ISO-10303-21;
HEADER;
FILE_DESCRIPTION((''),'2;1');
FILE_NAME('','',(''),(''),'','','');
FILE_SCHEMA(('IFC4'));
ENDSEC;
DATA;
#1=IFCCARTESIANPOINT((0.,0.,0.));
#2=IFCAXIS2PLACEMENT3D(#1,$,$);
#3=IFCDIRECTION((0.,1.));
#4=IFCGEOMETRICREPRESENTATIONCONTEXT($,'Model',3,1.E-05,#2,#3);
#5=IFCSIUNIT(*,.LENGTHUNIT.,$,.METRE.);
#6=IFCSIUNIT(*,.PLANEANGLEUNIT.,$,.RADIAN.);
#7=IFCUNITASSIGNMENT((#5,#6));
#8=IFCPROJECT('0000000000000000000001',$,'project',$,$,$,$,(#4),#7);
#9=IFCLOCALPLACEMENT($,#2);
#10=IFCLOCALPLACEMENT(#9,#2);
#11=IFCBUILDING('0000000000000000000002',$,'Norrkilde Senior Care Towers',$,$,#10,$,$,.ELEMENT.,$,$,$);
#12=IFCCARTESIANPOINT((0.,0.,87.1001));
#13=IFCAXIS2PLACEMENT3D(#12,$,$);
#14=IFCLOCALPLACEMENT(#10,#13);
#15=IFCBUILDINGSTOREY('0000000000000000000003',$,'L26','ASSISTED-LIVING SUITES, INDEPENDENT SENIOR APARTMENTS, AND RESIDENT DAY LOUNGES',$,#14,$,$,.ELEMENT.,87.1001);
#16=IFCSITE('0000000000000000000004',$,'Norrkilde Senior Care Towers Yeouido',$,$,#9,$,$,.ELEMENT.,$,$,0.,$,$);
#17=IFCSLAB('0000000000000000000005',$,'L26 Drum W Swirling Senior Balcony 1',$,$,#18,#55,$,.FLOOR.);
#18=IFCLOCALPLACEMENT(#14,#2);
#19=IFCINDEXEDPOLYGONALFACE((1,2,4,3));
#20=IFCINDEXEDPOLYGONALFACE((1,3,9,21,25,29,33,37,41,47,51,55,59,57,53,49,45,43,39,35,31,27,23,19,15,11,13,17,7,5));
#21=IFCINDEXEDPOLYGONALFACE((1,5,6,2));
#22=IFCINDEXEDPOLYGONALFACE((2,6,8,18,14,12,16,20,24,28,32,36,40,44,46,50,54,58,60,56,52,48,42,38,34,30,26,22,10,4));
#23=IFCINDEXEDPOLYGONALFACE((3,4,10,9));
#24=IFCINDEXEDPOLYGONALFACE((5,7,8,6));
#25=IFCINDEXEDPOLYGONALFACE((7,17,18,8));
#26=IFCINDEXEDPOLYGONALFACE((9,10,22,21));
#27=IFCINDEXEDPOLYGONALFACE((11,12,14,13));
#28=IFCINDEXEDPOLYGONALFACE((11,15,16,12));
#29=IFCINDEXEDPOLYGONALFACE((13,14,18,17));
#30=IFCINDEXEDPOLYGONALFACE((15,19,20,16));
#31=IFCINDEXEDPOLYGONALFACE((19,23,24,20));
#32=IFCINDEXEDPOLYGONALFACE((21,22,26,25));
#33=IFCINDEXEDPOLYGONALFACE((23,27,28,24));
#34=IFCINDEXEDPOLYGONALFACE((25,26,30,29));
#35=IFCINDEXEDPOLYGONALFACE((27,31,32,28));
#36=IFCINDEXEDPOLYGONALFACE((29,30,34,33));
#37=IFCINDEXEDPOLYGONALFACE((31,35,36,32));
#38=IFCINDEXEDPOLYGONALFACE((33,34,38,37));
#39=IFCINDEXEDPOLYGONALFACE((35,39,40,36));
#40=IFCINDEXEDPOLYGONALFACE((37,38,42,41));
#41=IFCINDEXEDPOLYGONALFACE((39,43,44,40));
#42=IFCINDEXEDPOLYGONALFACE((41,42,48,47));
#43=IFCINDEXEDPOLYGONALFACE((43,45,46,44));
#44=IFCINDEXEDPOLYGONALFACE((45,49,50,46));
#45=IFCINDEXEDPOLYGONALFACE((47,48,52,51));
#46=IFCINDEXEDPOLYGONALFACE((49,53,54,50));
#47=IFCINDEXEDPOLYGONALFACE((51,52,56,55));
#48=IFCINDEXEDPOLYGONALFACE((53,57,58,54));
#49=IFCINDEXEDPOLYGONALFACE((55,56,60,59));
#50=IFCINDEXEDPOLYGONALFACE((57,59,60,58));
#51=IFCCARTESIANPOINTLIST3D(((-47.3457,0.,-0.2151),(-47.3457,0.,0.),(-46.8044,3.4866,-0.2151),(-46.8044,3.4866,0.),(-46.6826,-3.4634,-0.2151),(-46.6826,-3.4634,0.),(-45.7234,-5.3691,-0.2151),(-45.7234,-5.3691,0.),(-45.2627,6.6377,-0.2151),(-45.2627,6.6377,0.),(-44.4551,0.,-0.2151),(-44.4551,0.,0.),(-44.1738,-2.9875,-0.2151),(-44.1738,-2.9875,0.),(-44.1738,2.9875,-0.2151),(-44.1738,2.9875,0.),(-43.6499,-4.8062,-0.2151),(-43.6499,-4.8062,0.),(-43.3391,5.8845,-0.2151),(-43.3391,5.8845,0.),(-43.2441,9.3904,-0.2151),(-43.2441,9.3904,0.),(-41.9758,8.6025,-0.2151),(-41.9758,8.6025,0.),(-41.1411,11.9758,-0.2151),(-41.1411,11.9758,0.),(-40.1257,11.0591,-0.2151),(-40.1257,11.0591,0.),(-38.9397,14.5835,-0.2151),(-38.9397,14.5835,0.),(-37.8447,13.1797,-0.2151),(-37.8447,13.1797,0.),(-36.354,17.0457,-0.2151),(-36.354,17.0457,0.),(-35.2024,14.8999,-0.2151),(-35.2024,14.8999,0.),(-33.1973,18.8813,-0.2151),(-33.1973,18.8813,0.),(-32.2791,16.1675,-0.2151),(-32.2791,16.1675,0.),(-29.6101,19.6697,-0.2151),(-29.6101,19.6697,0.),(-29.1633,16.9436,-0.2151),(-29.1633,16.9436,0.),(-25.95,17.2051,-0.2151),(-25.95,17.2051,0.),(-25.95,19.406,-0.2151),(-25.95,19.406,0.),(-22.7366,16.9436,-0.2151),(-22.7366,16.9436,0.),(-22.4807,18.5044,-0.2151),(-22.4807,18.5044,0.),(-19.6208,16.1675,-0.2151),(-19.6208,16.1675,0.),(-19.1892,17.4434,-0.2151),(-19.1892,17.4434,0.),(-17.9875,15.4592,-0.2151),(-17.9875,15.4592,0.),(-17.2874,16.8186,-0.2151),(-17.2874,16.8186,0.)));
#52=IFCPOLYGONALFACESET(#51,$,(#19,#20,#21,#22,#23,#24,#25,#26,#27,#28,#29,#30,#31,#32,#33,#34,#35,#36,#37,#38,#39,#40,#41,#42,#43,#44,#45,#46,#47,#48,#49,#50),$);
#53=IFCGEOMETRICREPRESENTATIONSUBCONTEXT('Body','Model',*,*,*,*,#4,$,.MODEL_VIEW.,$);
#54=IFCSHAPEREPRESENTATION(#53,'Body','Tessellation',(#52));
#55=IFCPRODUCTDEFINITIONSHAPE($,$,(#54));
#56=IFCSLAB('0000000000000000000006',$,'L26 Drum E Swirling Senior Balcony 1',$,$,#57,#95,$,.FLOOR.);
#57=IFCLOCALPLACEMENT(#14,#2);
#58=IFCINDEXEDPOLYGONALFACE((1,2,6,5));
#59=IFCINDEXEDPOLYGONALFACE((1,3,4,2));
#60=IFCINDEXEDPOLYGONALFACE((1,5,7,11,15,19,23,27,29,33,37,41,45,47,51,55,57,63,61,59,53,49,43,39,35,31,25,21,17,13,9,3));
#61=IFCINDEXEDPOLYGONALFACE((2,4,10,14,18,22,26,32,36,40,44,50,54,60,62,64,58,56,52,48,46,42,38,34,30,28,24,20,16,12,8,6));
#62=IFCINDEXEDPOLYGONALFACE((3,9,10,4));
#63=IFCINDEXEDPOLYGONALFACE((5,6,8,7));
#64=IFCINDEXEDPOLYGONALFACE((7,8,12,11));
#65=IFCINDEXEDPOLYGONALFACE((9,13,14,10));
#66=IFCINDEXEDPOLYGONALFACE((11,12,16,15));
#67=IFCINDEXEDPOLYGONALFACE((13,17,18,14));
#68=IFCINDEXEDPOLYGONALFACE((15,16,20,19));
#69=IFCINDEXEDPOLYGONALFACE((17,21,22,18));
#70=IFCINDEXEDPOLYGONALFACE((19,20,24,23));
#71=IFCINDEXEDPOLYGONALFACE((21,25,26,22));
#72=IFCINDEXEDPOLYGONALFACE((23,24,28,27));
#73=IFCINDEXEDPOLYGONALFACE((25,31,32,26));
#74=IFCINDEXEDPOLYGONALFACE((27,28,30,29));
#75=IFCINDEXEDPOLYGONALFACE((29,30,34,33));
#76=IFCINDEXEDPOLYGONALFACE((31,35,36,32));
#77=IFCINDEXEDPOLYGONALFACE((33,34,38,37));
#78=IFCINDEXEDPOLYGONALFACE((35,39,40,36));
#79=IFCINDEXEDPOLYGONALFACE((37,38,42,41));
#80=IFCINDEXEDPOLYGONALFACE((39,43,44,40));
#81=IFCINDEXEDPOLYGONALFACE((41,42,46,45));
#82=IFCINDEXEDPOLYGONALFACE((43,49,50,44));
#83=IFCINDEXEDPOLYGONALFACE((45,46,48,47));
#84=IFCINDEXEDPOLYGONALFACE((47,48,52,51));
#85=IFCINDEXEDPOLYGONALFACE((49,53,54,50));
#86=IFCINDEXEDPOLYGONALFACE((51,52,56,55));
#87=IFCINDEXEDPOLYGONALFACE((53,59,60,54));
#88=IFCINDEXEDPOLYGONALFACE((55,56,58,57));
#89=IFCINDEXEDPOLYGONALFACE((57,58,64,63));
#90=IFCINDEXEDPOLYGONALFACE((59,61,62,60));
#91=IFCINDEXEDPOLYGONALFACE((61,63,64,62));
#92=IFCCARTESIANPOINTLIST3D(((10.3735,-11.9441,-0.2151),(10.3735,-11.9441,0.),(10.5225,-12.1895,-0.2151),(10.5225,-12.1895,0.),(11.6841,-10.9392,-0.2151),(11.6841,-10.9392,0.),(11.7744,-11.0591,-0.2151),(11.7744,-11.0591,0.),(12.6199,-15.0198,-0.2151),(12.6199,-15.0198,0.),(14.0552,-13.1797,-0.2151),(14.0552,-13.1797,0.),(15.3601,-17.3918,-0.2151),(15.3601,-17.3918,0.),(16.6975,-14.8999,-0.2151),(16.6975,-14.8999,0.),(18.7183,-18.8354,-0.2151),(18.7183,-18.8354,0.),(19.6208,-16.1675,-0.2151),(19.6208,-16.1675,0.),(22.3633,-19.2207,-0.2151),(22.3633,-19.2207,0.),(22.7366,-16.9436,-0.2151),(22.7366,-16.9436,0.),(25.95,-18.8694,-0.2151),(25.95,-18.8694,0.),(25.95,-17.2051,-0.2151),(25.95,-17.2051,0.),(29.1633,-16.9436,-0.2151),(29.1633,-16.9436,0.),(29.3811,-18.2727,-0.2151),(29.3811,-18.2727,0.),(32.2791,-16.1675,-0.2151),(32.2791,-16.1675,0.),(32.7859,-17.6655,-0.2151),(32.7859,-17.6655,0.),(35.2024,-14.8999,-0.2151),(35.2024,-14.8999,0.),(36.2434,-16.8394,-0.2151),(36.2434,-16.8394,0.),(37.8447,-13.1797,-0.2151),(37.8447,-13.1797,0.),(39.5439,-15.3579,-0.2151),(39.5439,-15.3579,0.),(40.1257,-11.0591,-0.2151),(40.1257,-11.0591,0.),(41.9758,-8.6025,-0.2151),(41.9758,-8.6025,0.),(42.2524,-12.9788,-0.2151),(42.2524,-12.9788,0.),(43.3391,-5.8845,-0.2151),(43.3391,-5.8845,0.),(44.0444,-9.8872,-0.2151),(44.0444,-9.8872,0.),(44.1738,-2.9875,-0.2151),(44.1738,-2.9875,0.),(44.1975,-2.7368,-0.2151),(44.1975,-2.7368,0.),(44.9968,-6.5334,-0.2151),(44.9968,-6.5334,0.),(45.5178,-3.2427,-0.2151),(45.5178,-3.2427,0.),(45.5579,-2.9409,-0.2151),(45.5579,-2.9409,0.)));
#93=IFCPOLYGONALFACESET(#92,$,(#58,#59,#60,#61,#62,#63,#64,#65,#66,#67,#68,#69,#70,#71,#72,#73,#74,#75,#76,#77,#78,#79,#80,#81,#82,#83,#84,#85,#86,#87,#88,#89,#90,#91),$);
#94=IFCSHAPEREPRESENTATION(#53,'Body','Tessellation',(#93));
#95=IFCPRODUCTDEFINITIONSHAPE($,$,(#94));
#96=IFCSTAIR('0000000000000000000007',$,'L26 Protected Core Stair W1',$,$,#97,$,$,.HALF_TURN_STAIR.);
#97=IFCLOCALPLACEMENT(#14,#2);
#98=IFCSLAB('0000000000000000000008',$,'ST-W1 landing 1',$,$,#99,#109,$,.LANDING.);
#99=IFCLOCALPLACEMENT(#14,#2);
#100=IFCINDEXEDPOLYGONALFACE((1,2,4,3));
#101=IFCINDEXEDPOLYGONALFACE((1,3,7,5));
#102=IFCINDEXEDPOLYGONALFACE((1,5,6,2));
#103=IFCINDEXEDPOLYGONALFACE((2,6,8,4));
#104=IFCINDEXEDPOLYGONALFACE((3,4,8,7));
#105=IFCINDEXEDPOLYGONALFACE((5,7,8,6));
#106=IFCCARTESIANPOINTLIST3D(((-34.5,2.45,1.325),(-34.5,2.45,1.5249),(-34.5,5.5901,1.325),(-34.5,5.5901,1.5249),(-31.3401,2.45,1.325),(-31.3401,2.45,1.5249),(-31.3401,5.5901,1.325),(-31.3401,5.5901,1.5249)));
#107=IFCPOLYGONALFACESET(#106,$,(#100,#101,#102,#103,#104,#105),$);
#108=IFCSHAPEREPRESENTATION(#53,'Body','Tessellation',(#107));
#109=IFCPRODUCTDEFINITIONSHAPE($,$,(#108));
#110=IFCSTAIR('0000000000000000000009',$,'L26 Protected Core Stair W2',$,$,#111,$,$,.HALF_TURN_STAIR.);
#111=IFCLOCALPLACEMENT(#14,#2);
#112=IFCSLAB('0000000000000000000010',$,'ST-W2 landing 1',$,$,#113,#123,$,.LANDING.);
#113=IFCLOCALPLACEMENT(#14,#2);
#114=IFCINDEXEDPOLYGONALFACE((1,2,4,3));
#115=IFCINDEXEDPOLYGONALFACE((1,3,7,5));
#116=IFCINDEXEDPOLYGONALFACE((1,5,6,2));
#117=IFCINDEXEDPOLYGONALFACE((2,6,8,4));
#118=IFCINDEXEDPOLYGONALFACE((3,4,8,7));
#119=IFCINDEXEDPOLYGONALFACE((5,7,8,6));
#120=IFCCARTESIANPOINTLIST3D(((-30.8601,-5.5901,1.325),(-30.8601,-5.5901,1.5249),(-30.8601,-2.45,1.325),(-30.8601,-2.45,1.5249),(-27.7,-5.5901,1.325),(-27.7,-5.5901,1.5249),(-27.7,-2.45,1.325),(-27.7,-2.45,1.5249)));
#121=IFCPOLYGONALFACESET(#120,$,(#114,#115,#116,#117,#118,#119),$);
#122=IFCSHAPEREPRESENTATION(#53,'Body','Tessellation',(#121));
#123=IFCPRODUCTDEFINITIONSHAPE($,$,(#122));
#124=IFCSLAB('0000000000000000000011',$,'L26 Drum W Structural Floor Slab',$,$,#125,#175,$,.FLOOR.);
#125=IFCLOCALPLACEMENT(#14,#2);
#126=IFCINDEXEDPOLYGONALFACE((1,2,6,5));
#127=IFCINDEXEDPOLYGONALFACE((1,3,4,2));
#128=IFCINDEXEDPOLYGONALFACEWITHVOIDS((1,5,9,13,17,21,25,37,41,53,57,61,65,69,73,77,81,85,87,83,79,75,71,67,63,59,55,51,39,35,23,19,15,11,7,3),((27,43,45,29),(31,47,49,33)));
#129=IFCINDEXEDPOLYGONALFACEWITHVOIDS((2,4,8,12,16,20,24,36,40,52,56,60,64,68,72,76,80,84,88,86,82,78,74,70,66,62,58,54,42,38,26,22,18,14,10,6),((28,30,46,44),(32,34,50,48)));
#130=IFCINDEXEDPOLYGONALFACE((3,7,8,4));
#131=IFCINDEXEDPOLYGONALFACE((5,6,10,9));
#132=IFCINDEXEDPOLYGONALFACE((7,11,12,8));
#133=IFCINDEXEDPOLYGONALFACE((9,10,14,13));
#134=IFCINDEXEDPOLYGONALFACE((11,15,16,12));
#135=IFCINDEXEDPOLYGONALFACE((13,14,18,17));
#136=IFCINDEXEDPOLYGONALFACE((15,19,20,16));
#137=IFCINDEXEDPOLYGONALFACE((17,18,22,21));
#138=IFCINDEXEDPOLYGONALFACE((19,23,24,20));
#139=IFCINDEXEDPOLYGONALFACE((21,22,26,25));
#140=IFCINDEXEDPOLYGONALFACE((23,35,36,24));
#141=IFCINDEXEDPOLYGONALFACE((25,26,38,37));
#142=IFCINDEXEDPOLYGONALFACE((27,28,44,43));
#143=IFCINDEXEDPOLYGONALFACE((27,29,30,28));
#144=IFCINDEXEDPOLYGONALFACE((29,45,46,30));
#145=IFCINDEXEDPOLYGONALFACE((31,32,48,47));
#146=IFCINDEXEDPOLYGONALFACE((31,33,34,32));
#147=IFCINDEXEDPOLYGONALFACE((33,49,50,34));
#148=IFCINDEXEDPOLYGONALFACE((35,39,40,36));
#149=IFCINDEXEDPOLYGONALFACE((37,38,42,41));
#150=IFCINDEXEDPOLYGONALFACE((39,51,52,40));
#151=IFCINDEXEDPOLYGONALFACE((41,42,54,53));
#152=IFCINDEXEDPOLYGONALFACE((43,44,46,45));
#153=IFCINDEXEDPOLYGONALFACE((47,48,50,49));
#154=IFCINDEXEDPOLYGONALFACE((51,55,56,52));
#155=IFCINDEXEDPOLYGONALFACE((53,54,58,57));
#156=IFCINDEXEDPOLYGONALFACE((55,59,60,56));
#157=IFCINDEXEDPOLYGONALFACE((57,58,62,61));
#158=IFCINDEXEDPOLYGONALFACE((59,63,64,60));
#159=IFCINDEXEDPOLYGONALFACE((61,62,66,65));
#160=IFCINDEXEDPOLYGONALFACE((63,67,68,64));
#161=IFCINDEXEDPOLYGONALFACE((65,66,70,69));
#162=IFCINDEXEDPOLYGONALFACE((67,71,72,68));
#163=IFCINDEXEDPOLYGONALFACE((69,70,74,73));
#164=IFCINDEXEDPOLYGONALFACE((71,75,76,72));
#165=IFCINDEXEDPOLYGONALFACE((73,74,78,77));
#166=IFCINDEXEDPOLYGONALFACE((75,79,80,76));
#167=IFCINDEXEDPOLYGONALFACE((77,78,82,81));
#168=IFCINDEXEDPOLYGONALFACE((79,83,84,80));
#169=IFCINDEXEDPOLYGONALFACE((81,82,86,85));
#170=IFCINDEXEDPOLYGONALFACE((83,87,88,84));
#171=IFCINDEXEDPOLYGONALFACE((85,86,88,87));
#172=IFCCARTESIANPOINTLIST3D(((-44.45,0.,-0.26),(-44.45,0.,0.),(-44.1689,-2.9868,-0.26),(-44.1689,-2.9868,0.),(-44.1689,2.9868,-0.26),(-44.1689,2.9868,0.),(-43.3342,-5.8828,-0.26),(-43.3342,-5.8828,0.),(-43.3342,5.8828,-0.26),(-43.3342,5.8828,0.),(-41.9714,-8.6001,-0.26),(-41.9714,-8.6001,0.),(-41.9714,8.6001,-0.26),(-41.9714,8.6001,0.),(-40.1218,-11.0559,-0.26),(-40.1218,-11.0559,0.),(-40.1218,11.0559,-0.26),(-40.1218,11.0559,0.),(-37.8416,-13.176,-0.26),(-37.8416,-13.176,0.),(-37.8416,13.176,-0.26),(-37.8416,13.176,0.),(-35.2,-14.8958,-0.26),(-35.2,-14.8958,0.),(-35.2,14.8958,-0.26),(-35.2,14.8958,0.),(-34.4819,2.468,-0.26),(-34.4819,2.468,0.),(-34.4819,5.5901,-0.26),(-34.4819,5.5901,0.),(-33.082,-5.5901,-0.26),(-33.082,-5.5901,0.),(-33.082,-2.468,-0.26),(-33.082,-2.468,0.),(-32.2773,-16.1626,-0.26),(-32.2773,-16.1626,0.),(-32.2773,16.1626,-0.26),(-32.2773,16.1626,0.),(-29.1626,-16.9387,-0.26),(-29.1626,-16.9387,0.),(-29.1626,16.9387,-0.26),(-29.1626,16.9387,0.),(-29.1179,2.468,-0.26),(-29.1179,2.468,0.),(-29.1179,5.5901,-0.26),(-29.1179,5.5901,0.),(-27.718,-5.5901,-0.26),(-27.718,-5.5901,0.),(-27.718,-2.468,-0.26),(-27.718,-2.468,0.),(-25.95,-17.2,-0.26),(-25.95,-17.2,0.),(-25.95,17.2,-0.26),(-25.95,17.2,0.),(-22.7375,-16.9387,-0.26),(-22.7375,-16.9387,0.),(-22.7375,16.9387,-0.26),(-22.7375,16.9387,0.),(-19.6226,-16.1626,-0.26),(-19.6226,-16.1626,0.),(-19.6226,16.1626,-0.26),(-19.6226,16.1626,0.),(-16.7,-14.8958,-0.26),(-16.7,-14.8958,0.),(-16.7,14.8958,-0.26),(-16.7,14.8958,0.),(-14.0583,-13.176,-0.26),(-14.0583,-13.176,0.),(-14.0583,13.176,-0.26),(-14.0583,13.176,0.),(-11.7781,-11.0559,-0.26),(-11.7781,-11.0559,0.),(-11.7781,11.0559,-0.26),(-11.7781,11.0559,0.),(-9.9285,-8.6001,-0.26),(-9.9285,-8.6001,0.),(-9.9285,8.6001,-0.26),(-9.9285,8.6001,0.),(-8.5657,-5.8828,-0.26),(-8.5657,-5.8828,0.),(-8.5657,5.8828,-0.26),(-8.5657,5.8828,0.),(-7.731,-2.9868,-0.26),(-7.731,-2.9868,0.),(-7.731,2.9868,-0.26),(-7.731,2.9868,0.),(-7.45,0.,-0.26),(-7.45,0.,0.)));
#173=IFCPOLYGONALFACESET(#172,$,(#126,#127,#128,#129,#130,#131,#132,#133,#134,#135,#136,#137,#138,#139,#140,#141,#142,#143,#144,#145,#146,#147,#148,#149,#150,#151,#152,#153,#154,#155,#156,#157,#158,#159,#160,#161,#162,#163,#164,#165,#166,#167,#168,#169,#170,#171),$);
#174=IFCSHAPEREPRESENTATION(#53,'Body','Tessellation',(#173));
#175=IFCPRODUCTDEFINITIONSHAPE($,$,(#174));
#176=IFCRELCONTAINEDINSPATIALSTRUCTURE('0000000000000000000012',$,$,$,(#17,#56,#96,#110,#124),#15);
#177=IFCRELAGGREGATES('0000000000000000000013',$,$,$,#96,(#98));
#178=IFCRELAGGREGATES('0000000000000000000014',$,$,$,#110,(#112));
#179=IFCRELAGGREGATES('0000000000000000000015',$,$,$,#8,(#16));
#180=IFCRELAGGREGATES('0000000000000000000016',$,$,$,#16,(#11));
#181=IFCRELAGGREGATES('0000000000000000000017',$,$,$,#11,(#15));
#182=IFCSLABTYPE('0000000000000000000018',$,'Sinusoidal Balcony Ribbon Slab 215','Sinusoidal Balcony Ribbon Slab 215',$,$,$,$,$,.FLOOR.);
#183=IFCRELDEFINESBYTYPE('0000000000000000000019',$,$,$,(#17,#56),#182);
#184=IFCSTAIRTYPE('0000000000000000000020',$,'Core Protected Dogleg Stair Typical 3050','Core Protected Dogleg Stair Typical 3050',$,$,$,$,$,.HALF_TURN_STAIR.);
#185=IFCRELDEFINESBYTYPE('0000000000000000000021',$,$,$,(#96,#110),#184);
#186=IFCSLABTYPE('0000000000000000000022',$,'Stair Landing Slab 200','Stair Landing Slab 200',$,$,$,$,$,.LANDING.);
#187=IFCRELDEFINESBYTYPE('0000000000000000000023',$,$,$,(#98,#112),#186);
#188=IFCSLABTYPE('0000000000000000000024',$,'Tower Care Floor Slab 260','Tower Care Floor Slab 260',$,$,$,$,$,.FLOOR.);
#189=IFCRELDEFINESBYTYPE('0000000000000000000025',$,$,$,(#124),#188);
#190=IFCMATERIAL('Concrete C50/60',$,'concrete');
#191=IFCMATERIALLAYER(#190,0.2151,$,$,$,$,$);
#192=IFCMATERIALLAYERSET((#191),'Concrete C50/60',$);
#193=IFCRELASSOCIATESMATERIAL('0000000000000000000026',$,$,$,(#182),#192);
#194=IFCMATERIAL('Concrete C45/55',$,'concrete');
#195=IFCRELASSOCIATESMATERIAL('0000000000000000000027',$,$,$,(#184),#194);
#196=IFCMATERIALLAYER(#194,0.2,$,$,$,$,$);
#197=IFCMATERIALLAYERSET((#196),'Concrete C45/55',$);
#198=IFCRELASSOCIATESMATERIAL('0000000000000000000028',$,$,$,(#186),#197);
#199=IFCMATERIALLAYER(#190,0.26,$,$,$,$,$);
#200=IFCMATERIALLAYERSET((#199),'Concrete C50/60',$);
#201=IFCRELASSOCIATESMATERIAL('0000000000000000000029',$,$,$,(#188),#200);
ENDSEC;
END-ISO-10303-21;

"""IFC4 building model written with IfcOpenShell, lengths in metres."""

from ifc_helpers import new_model, si_unit, direction, frame, origin, place, context, subcontext, project, spatial, polyline, outline, extrude, material, layer, layer_set, type_object, element, aggregate, save


model = new_model("IFC4")

# Units and contexts
model_context = context("Model", 3, precision=1e-05, world=origin(), true_north=direction((0.0, 1.0)))
body_context = subcontext(model_context, "Body", "Model", "MODEL_VIEW")
ifc_project = project(units=[si_unit("LENGTHUNIT", "METRE"), si_unit("PLANEANGLEUNIT", "RADIAN")], contexts=[model_context])

# Site, building, storey
site_placement = place(None, origin())
site = spatial("IfcSite", under=ifc_project, at=site_placement, Name="Norrkilde Senior Care Towers Yeouido", CompositionType="ELEMENT", RefElevation=0.0)
building_placement = place(site_placement, origin())
building = spatial("IfcBuilding", under=site, at=building_placement, Name="Norrkilde Senior Care Towers", CompositionType="ELEMENT")
storey_placement = place(building_placement, frame((0.0, 0.0, 87.1001)))
storey = spatial("IfcBuildingStorey", under=building, at=storey_placement, Name="L26", Description="ASSISTED-LIVING SUITES, INDEPENDENT SENIOR APARTMENTS, AND RESIDENT DAY LOUNGES", CompositionType="ELEMENT", Elevation=87.1001)

# Slabs
ifc_material_1 = material(Name="Concrete C50/60", Category="concrete")
ifc_layer_1 = layer(ifc_material_1, 0.2151)
ifc_layer_set_1 = layer_set([ifc_layer_1], Name="Concrete C50/60")
slab_type_1 = type_object("IfcSlabType", Name="Sinusoidal Balcony Ribbon Slab 215", Description="Sinusoidal Balcony Ribbon Slab 215", PredefinedType="FLOOR", material=ifc_layer_set_1)
slab_1_placement = place(storey_placement, frame((0.0, 0.0, -0.2151)))
element("IfcSlab", 1, at=slab_1_placement, inside=storey, type_object=slab_type_1, Name="L26 Drum W Swirling Senior Balcony 1", PredefinedType="FLOOR", context=body_context, shape_type="SweptSolid", body=[
    extrude(outline(polyline([(-47.3457, 0.0), (-46.8044, 3.4866), (-45.2627, 6.6377), (-43.2441, 9.3904), (-41.1411, 11.9758), (-38.9397, 14.5835), (-36.354, 17.0457), (-33.1973, 18.8813), (-29.6101, 19.6697), (-25.95, 19.406), (-22.4807, 18.5044), (-19.1892, 17.4434), (-17.2874, 16.8186), (-17.9875, 15.4592), (-19.6208, 16.1675), (-22.7366, 16.9436), (-25.95, 17.2051), (-29.1633, 16.9436), (-32.2791, 16.1675), (-35.2024, 14.8999), (-37.8447, 13.1797), (-40.1257, 11.0591), (-41.9758, 8.6025), (-43.3391, 5.8845), (-44.1738, 2.9875), (-44.4551, 0.0), (-44.1738, -2.9875), (-43.6499, -4.8062), (-45.7234, -5.3691), (-46.6826, -3.4634), (-47.3457, 0.0)])), origin(), (0.0, 0.0, 1.0), 0.2151),
])
slab_2_placement = place(storey_placement, frame((0.0, 0.0, -0.2151)))
element("IfcSlab", 2, at=slab_2_placement, inside=storey, type_object=slab_type_1, Name="L26 Drum E Swirling Senior Balcony 1", PredefinedType="FLOOR", context=body_context, shape_type="SweptSolid", body=[
    extrude(outline(polyline([(44.0444, -9.8872), (42.2524, -12.9788), (39.5439, -15.3579), (36.2434, -16.8394), (32.7859, -17.6655), (29.3811, -18.2727), (25.95, -18.8694), (22.3633, -19.2207), (18.7183, -18.8354), (15.3601, -17.3918), (12.6199, -15.0198), (10.5225, -12.1895), (10.3735, -11.9441), (11.6841, -10.9392), (11.7744, -11.0591), (14.0552, -13.1797), (16.6975, -14.8999), (19.6208, -16.1675), (22.7366, -16.9436), (25.95, -17.2051), (29.1633, -16.9436), (32.2791, -16.1675), (35.2024, -14.8999), (37.8447, -13.1797), (40.1257, -11.0591), (41.9758, -8.6025), (43.3391, -5.8845), (44.1738, -2.9875), (44.1975, -2.7368), (45.5579, -2.9409), (45.5178, -3.2427), (44.9968, -6.5334), (44.0444, -9.8872)])), origin(), (0.0, 0.0, 1.0), 0.2151),
])

# Stairs, slabs
ifc_material_2 = material(Name="Concrete C45/55", Category="concrete")
stair_type = type_object("IfcStairType", Name="Core Protected Dogleg Stair Typical 3050", Description="Core Protected Dogleg Stair Typical 3050", PredefinedType="HALF_TURN_STAIR", material=ifc_material_2)
stair_1_placement = place(storey_placement, origin())
stair_1 = element("IfcStair", 3, at=stair_1_placement, inside=storey, type_object=stair_type, Name="L26 Protected Core Stair W1", PredefinedType="HALF_TURN_STAIR")
ifc_layer_2 = layer(ifc_material_2, 0.2)
ifc_layer_set_2 = layer_set([ifc_layer_2], Name="Concrete C45/55")
slab_type_2 = type_object("IfcSlabType", Name="Stair Landing Slab 200", Description="Stair Landing Slab 200", PredefinedType="LANDING", material=ifc_layer_set_2)
slab_3_placement = place(storey_placement, frame((0.0, 0.0, 1.325)))
slab_3 = element("IfcSlab", 4, at=slab_3_placement, type_object=slab_type_2, Name="ST-W1 landing 1", PredefinedType="LANDING", context=body_context, shape_type="SweptSolid", body=[
    extrude(outline(polyline([(-31.3401, 5.5901), (-34.5, 5.5901), (-34.5, 2.45), (-31.3401, 2.45), (-31.3401, 5.5901)])), origin(), (0.0, 0.0, 1.0), 0.2),
])
aggregate(stair_1, [slab_3])
stair_2_placement = place(storey_placement, origin())
stair_2 = element("IfcStair", 5, at=stair_2_placement, inside=storey, type_object=stair_type, Name="L26 Protected Core Stair W2", PredefinedType="HALF_TURN_STAIR")
slab_4_placement = place(storey_placement, frame((0.0, 0.0, 1.325)))
slab_4 = element("IfcSlab", 6, at=slab_4_placement, type_object=slab_type_2, Name="ST-W2 landing 1", PredefinedType="LANDING", context=body_context, shape_type="SweptSolid", body=[
    extrude(outline(polyline([(-30.8601, -5.5901), (-27.7, -5.5901), (-27.7, -2.45), (-30.8601, -2.45), (-30.8601, -5.5901)])), origin(), (0.0, 0.0, 1.0), 0.2),
])
aggregate(stair_2, [slab_4])

# Slab
ifc_layer_3 = layer(ifc_material_1, 0.26)
ifc_layer_set_3 = layer_set([ifc_layer_3], Name="Concrete C50/60")
slab_type_3 = type_object("IfcSlabType", Name="Tower Care Floor Slab 260", Description="Tower Care Floor Slab 260", PredefinedType="FLOOR", material=ifc_layer_set_3)
slab_5_placement = place(storey_placement, frame((0.0, 0.0, -0.26)))
element("IfcSlab", 7, at=slab_5_placement, inside=storey, type_object=slab_type_3, Name="L26 Drum W Structural Floor Slab", PredefinedType="FLOOR", context=body_context, shape_type="SweptSolid", body=[
    extrude(outline(polyline([(-8.5657, -5.8828), (-9.9285, -8.6001), (-11.7781, -11.0559), (-14.0583, -13.176), (-16.7, -14.8958), (-19.6226, -16.1626), (-22.7375, -16.9387), (-25.95, -17.2), (-29.1626, -16.9387), (-32.2773, -16.1626), (-35.2, -14.8958), (-37.8416, -13.176), (-40.1218, -11.0559), (-41.9714, -8.6001), (-43.3342, -5.8828), (-44.1689, -2.9868), (-44.45, 0.0), (-44.1689, 2.9868), (-43.3342, 5.8828), (-41.9714, 8.6001), (-40.1218, 11.0559), (-37.8416, 13.176), (-35.2, 14.8958), (-32.2773, 16.1626), (-29.1626, 16.9387), (-25.95, 17.2), (-22.7375, 16.9387), (-19.6226, 16.1626), (-16.7, 14.8958), (-14.0583, 13.176), (-11.7781, 11.0559), (-9.9285, 8.6001), (-8.5657, 5.8828), (-7.731, 2.9868), (-7.45, 0.0), (-7.731, -2.9868), (-8.5657, -5.8828)]), holes=[polyline([(-34.4819, 2.468), (-29.1179, 2.468), (-29.1179, 5.5901), (-34.4819, 5.5901), (-34.4819, 2.468)]), polyline([(-27.718, -5.5901), (-27.718, -2.468), (-33.082, -2.468), (-33.082, -5.5901), (-27.718, -5.5901)])]), origin(), (0.0, 0.0, 1.0), 0.26),
])

save(model, "model.ifc")
